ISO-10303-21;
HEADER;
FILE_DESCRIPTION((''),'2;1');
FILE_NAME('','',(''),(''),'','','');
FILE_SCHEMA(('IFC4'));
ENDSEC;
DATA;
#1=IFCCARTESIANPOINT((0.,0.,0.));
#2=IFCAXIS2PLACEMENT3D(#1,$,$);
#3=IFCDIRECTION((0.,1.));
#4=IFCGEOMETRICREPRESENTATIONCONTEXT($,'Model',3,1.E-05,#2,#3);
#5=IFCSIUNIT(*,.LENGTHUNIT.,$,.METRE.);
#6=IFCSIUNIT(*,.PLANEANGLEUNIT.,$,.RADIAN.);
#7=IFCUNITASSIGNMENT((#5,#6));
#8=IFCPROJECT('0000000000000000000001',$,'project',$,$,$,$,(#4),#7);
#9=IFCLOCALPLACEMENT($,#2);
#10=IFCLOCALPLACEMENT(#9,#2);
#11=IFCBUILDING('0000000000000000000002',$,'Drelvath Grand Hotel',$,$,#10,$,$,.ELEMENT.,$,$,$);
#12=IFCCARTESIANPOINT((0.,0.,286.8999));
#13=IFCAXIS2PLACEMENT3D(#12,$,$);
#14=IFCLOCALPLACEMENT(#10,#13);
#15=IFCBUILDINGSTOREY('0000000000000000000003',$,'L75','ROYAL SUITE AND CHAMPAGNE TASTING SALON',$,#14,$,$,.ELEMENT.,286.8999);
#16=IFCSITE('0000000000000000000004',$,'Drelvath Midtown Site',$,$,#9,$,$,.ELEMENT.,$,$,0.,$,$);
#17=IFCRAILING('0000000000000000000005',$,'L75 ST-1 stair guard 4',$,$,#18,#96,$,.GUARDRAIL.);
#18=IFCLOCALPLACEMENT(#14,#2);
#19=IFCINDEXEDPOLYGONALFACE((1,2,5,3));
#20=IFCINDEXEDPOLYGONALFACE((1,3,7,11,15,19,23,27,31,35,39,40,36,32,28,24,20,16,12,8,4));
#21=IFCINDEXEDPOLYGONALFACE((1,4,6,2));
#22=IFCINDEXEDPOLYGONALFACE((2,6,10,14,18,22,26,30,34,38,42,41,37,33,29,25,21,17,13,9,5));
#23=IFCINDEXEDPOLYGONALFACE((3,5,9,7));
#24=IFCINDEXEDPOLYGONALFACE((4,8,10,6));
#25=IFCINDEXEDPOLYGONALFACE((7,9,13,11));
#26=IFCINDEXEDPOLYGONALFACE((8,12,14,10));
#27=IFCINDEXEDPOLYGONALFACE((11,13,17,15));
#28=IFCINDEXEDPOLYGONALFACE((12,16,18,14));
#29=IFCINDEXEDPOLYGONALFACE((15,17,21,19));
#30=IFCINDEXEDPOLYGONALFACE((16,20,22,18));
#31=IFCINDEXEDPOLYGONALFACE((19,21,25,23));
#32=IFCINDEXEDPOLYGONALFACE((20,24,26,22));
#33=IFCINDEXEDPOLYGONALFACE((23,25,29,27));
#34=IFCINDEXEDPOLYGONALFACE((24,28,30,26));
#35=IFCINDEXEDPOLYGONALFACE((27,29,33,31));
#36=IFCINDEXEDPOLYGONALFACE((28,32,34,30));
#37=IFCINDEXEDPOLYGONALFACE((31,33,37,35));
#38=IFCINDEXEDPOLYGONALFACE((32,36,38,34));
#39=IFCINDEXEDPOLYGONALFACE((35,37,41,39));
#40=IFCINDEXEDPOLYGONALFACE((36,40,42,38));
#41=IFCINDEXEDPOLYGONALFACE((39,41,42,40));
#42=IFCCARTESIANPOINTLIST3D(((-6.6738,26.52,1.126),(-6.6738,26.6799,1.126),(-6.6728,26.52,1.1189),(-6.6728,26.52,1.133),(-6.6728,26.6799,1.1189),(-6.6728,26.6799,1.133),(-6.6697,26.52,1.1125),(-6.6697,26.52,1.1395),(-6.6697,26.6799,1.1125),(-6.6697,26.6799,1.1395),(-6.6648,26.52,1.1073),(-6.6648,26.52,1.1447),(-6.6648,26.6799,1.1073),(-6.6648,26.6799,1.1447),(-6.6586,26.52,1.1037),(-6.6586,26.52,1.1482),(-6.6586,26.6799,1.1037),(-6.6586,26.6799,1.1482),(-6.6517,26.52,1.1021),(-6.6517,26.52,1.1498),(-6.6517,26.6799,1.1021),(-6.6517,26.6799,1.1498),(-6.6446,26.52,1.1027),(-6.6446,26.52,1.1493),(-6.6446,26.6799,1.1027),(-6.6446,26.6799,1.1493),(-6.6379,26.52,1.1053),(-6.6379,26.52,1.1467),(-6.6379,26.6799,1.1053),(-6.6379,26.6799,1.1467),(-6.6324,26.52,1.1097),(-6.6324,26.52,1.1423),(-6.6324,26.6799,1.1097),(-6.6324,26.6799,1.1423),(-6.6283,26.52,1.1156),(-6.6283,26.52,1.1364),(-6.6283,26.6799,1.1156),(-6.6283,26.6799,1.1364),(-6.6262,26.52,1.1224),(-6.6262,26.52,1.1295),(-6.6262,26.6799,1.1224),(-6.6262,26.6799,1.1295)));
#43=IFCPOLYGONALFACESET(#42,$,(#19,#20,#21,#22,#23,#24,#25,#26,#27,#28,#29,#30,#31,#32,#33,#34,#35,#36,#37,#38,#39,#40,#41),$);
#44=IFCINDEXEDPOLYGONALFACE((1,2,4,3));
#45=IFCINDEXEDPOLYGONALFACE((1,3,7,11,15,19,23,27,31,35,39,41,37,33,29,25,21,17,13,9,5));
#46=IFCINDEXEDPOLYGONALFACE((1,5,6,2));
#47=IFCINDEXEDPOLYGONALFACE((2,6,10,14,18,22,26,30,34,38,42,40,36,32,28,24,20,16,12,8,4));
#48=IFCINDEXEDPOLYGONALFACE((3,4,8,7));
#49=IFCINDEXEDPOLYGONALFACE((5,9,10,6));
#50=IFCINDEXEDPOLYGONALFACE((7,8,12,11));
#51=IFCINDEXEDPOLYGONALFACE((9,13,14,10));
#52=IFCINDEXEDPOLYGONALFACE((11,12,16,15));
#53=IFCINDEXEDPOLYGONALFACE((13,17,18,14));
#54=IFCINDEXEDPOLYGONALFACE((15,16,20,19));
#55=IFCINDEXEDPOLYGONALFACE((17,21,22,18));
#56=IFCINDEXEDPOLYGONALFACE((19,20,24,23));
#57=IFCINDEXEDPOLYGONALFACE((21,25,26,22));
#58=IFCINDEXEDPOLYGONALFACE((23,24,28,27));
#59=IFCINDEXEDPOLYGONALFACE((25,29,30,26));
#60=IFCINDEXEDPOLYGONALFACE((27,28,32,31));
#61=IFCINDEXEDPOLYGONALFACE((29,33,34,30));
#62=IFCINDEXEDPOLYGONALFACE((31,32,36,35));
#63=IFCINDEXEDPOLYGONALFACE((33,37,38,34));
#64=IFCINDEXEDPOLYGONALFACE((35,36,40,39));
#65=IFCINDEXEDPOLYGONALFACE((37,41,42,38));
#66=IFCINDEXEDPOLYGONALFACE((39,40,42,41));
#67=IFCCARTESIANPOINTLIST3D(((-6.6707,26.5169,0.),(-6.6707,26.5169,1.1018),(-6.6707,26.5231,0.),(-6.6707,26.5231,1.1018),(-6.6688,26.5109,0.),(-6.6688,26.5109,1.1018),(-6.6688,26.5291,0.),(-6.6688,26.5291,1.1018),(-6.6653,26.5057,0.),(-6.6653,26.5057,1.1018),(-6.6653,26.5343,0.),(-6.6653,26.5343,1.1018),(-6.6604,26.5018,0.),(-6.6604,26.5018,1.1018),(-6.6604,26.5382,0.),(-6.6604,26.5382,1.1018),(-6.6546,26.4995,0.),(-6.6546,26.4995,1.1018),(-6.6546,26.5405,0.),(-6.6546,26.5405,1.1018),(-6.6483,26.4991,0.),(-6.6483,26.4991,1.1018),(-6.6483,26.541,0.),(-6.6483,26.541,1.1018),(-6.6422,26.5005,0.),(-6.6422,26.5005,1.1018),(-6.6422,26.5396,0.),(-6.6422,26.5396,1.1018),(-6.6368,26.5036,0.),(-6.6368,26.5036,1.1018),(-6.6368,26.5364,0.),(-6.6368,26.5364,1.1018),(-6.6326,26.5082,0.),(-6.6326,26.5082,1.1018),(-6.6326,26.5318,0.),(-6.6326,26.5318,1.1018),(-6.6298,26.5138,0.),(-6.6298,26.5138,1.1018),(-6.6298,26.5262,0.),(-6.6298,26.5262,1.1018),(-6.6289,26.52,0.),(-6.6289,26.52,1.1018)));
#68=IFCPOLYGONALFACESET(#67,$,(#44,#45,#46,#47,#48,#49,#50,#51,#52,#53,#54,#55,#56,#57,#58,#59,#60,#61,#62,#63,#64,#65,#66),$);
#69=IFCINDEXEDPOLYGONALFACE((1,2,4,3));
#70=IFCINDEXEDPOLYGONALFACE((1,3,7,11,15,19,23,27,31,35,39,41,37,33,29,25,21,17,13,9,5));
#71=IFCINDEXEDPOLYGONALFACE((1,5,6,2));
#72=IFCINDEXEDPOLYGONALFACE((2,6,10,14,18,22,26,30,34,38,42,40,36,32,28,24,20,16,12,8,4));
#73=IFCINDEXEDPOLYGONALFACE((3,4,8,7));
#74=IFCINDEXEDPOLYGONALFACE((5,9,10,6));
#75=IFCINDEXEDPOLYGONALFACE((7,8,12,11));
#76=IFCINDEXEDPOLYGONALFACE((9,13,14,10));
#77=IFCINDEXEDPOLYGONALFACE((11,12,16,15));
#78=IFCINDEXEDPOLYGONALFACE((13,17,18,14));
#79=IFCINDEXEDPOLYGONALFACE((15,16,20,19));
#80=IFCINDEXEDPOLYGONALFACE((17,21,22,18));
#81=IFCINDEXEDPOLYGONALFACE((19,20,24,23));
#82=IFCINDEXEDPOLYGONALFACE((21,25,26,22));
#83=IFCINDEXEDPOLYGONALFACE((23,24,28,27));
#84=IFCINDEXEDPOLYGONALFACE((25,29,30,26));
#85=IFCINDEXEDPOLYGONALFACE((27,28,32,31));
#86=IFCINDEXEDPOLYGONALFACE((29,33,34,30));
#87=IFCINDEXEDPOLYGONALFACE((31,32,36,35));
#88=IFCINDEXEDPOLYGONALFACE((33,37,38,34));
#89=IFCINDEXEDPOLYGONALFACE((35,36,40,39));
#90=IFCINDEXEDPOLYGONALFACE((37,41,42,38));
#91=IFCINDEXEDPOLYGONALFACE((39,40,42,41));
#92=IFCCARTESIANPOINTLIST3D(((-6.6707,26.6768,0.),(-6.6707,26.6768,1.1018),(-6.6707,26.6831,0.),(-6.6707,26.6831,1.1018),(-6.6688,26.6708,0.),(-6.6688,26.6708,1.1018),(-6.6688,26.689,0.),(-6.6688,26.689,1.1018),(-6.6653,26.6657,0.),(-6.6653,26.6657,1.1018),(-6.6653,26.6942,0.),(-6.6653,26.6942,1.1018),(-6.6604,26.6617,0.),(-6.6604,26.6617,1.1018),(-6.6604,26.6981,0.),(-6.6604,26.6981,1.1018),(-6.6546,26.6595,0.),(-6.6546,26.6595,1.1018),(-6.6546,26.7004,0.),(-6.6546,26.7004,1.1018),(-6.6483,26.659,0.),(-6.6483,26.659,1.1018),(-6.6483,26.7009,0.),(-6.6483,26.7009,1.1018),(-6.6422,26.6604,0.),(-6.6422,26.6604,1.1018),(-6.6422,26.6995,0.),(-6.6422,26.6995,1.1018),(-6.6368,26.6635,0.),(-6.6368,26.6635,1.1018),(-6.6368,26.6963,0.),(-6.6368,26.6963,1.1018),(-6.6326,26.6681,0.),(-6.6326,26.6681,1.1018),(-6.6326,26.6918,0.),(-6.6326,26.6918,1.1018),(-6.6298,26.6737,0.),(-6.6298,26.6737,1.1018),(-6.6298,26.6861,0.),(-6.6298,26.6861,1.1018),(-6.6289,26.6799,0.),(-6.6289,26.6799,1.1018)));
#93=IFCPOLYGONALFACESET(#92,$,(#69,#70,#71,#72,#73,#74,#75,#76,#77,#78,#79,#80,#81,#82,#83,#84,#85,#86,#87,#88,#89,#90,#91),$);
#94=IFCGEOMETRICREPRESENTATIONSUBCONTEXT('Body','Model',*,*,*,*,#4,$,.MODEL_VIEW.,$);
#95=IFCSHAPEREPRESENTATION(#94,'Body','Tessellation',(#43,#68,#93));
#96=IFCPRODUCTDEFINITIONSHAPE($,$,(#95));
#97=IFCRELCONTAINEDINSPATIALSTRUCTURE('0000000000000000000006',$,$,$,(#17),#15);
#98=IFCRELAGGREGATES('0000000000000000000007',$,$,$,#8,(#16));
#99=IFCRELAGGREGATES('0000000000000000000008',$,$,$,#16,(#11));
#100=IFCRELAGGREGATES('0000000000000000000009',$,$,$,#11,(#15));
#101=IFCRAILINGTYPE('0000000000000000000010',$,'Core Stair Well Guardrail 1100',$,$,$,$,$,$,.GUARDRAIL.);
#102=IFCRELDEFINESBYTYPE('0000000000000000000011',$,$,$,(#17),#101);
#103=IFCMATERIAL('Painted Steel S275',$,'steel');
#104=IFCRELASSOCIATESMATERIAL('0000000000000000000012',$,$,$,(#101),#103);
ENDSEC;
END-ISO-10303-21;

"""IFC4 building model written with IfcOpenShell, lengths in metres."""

from ifc_helpers import new_model, si_unit, direction, frame, origin, origin_2d, place, context, subcontext, project, spatial, circle, extrude, material, type_object, element, save


model = new_model("IFC4")

# Units and contexts
model_context = context("Model", 3, precision=1e-05, world=origin(), true_north=direction((0.0, 1.0)))
body_context = subcontext(model_context, "Body", "Model", "MODEL_VIEW")
ifc_project = project(units=[si_unit("LENGTHUNIT", "METRE"), si_unit("PLANEANGLEUNIT", "RADIAN")], contexts=[model_context])

# Site, building, storey
site_placement = place(None, origin())
site = spatial("IfcSite", under=ifc_project, at=site_placement, Name="Drelvath Midtown Site", CompositionType="ELEMENT", RefElevation=0.0)
building_placement = place(site_placement, origin())
building = spatial("IfcBuilding", under=site, at=building_placement, Name="Drelvath Grand Hotel", CompositionType="ELEMENT")
storey_placement = place(building_placement, frame((0.0, 0.0, 286.8999)))
storey = spatial("IfcBuildingStorey", under=building, at=storey_placement, Name="L75", Description="ROYAL SUITE AND CHAMPAGNE TASTING SALON", CompositionType="ELEMENT", Elevation=286.8999)

# Shared definitions
ifc_material_1 = material(Name="Painted Steel S275", Category="steel")

# Railing
railing_type_1 = type_object("IfcRailingType", Name="Core Stair Well Guardrail 1100", PredefinedType="GUARDRAIL", material=ifc_material_1)
railing_1_placement = place(storey_placement, frame((-6.6499, 26.52, 0.0)))
element("IfcRailing", 1, at=railing_1_placement, inside=storey, type_object=railing_type_1, Name="L75 ST-1 stair guard 4", PredefinedType="GUARDRAIL", context=body_context, shape_type="SweptSolid", body=[
    extrude(circle(Radius=0.0239, at=origin_2d()), frame((0.0, 0.0, 1.126), z_axis=(0.0, 1.0, 0.0), x_axis=(-1.0, 0.0, 0.0)), (0.0, 0.0, 1.0), 0.1599),
    extrude(circle(Radius=0.021, at=origin_2d()), origin(), (0.0, 0.0, 1.0), 1.1018),
    extrude(circle(Radius=0.021, at=origin_2d()), frame((0.0, 0.1599, 0.0)), (0.0, 0.0, 1.0), 1.1018),
])

save(model, "model.ifc")
